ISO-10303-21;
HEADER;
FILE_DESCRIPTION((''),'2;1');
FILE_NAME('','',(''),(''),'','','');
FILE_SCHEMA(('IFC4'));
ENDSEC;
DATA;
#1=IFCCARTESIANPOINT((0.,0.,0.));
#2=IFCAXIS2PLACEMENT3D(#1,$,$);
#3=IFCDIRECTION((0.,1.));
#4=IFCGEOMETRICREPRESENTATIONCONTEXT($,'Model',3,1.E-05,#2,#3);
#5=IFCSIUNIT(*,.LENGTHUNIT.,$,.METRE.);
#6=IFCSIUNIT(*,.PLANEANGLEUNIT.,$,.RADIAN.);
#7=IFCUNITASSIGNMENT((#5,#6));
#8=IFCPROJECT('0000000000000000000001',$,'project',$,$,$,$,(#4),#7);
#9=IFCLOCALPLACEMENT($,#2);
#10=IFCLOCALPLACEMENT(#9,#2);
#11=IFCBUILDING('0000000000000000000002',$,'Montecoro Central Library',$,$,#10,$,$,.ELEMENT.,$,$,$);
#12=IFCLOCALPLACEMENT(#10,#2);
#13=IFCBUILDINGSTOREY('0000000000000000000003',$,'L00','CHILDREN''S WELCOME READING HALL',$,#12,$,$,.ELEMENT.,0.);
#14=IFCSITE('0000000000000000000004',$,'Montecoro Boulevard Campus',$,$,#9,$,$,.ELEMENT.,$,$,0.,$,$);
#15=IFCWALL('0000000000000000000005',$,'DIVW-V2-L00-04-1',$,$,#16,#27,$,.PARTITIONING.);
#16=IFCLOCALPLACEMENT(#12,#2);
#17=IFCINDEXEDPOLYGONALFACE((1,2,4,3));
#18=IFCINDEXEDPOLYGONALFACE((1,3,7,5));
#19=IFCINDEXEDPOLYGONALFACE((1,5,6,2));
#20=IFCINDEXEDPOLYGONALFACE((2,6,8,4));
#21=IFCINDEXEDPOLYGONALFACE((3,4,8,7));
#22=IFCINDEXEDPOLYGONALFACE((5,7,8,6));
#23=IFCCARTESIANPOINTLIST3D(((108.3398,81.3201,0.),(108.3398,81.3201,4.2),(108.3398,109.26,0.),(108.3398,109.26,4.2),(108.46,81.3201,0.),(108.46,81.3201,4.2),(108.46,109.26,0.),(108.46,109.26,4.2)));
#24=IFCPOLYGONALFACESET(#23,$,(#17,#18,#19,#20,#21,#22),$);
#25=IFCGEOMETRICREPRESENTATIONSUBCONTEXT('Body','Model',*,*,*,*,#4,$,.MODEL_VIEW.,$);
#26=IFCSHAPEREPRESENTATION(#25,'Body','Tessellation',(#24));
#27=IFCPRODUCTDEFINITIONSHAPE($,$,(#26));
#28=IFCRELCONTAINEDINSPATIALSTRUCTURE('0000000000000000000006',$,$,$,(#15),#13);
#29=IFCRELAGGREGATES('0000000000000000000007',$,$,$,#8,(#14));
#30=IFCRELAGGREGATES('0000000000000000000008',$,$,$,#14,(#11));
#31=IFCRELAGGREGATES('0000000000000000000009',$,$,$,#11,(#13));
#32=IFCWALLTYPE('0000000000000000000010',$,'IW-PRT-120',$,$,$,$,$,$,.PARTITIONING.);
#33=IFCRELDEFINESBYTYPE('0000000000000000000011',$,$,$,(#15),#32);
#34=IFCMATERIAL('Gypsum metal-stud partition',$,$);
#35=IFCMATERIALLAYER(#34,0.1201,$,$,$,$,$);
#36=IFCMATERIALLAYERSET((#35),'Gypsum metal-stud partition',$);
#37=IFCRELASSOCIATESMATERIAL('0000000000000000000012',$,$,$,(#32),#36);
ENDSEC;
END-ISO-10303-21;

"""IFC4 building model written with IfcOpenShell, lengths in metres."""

from ifc_helpers import new_model, si_unit, direction, frame, frame_2d, origin, place, context, subcontext, project, spatial, rectangle, extrude, material, layer, layer_set, type_object, element, save


model = new_model("IFC4")

# Units and contexts
model_context = context("Model", 3, precision=1e-05, world=origin(), true_north=direction((0.0, 1.0)))
body_context = subcontext(model_context, "Body", "Model", "MODEL_VIEW")
ifc_project = project(units=[si_unit("LENGTHUNIT", "METRE"), si_unit("PLANEANGLEUNIT", "RADIAN")], contexts=[model_context])

# Site, building, storey
site_placement = place(None, origin())
site = spatial("IfcSite", under=ifc_project, at=site_placement, Name="Montecoro Boulevard Campus", CompositionType="ELEMENT", RefElevation=0.0)
building_placement = place(site_placement, origin())
building = spatial("IfcBuilding", under=site, at=building_placement, Name="Montecoro Central Library", CompositionType="ELEMENT")
storey_placement = place(building_placement, origin())
storey = spatial("IfcBuildingStorey", under=building, at=storey_placement, Name="L00", Description="CHILDREN'S WELCOME READING HALL", CompositionType="ELEMENT", Elevation=0.0)

# Wall
ifc_material_1 = material(Name="Gypsum metal-stud partition")
ifc_layer_1 = layer(ifc_material_1, 0.1201)
ifc_layer_set_1 = layer_set([ifc_layer_1], Name="Gypsum metal-stud partition")
wall_type = type_object("IfcWallType", Name="IW-PRT-120", PredefinedType="PARTITIONING", material=ifc_layer_set_1)
wall_placement = place(storey_placement, frame((108.3999, 81.3201, 0.0), z_axis=(0.0, 0.0, 1.0), x_axis=(0.0, 1.0, 0.0)))
element("IfcWall", 1, at=wall_placement, inside=storey, type_object=wall_type, Name="DIVW-V2-L00-04-1", PredefinedType="PARTITIONING", context=body_context, shape_type="SweptSolid", body=[
    extrude(rectangle(XDim=27.9399, YDim=0.1201, at=frame_2d((13.97, 0.0))), origin(), (0.0, 0.0, 1.0), 4.2),
])

save(model, "model.ifc")
